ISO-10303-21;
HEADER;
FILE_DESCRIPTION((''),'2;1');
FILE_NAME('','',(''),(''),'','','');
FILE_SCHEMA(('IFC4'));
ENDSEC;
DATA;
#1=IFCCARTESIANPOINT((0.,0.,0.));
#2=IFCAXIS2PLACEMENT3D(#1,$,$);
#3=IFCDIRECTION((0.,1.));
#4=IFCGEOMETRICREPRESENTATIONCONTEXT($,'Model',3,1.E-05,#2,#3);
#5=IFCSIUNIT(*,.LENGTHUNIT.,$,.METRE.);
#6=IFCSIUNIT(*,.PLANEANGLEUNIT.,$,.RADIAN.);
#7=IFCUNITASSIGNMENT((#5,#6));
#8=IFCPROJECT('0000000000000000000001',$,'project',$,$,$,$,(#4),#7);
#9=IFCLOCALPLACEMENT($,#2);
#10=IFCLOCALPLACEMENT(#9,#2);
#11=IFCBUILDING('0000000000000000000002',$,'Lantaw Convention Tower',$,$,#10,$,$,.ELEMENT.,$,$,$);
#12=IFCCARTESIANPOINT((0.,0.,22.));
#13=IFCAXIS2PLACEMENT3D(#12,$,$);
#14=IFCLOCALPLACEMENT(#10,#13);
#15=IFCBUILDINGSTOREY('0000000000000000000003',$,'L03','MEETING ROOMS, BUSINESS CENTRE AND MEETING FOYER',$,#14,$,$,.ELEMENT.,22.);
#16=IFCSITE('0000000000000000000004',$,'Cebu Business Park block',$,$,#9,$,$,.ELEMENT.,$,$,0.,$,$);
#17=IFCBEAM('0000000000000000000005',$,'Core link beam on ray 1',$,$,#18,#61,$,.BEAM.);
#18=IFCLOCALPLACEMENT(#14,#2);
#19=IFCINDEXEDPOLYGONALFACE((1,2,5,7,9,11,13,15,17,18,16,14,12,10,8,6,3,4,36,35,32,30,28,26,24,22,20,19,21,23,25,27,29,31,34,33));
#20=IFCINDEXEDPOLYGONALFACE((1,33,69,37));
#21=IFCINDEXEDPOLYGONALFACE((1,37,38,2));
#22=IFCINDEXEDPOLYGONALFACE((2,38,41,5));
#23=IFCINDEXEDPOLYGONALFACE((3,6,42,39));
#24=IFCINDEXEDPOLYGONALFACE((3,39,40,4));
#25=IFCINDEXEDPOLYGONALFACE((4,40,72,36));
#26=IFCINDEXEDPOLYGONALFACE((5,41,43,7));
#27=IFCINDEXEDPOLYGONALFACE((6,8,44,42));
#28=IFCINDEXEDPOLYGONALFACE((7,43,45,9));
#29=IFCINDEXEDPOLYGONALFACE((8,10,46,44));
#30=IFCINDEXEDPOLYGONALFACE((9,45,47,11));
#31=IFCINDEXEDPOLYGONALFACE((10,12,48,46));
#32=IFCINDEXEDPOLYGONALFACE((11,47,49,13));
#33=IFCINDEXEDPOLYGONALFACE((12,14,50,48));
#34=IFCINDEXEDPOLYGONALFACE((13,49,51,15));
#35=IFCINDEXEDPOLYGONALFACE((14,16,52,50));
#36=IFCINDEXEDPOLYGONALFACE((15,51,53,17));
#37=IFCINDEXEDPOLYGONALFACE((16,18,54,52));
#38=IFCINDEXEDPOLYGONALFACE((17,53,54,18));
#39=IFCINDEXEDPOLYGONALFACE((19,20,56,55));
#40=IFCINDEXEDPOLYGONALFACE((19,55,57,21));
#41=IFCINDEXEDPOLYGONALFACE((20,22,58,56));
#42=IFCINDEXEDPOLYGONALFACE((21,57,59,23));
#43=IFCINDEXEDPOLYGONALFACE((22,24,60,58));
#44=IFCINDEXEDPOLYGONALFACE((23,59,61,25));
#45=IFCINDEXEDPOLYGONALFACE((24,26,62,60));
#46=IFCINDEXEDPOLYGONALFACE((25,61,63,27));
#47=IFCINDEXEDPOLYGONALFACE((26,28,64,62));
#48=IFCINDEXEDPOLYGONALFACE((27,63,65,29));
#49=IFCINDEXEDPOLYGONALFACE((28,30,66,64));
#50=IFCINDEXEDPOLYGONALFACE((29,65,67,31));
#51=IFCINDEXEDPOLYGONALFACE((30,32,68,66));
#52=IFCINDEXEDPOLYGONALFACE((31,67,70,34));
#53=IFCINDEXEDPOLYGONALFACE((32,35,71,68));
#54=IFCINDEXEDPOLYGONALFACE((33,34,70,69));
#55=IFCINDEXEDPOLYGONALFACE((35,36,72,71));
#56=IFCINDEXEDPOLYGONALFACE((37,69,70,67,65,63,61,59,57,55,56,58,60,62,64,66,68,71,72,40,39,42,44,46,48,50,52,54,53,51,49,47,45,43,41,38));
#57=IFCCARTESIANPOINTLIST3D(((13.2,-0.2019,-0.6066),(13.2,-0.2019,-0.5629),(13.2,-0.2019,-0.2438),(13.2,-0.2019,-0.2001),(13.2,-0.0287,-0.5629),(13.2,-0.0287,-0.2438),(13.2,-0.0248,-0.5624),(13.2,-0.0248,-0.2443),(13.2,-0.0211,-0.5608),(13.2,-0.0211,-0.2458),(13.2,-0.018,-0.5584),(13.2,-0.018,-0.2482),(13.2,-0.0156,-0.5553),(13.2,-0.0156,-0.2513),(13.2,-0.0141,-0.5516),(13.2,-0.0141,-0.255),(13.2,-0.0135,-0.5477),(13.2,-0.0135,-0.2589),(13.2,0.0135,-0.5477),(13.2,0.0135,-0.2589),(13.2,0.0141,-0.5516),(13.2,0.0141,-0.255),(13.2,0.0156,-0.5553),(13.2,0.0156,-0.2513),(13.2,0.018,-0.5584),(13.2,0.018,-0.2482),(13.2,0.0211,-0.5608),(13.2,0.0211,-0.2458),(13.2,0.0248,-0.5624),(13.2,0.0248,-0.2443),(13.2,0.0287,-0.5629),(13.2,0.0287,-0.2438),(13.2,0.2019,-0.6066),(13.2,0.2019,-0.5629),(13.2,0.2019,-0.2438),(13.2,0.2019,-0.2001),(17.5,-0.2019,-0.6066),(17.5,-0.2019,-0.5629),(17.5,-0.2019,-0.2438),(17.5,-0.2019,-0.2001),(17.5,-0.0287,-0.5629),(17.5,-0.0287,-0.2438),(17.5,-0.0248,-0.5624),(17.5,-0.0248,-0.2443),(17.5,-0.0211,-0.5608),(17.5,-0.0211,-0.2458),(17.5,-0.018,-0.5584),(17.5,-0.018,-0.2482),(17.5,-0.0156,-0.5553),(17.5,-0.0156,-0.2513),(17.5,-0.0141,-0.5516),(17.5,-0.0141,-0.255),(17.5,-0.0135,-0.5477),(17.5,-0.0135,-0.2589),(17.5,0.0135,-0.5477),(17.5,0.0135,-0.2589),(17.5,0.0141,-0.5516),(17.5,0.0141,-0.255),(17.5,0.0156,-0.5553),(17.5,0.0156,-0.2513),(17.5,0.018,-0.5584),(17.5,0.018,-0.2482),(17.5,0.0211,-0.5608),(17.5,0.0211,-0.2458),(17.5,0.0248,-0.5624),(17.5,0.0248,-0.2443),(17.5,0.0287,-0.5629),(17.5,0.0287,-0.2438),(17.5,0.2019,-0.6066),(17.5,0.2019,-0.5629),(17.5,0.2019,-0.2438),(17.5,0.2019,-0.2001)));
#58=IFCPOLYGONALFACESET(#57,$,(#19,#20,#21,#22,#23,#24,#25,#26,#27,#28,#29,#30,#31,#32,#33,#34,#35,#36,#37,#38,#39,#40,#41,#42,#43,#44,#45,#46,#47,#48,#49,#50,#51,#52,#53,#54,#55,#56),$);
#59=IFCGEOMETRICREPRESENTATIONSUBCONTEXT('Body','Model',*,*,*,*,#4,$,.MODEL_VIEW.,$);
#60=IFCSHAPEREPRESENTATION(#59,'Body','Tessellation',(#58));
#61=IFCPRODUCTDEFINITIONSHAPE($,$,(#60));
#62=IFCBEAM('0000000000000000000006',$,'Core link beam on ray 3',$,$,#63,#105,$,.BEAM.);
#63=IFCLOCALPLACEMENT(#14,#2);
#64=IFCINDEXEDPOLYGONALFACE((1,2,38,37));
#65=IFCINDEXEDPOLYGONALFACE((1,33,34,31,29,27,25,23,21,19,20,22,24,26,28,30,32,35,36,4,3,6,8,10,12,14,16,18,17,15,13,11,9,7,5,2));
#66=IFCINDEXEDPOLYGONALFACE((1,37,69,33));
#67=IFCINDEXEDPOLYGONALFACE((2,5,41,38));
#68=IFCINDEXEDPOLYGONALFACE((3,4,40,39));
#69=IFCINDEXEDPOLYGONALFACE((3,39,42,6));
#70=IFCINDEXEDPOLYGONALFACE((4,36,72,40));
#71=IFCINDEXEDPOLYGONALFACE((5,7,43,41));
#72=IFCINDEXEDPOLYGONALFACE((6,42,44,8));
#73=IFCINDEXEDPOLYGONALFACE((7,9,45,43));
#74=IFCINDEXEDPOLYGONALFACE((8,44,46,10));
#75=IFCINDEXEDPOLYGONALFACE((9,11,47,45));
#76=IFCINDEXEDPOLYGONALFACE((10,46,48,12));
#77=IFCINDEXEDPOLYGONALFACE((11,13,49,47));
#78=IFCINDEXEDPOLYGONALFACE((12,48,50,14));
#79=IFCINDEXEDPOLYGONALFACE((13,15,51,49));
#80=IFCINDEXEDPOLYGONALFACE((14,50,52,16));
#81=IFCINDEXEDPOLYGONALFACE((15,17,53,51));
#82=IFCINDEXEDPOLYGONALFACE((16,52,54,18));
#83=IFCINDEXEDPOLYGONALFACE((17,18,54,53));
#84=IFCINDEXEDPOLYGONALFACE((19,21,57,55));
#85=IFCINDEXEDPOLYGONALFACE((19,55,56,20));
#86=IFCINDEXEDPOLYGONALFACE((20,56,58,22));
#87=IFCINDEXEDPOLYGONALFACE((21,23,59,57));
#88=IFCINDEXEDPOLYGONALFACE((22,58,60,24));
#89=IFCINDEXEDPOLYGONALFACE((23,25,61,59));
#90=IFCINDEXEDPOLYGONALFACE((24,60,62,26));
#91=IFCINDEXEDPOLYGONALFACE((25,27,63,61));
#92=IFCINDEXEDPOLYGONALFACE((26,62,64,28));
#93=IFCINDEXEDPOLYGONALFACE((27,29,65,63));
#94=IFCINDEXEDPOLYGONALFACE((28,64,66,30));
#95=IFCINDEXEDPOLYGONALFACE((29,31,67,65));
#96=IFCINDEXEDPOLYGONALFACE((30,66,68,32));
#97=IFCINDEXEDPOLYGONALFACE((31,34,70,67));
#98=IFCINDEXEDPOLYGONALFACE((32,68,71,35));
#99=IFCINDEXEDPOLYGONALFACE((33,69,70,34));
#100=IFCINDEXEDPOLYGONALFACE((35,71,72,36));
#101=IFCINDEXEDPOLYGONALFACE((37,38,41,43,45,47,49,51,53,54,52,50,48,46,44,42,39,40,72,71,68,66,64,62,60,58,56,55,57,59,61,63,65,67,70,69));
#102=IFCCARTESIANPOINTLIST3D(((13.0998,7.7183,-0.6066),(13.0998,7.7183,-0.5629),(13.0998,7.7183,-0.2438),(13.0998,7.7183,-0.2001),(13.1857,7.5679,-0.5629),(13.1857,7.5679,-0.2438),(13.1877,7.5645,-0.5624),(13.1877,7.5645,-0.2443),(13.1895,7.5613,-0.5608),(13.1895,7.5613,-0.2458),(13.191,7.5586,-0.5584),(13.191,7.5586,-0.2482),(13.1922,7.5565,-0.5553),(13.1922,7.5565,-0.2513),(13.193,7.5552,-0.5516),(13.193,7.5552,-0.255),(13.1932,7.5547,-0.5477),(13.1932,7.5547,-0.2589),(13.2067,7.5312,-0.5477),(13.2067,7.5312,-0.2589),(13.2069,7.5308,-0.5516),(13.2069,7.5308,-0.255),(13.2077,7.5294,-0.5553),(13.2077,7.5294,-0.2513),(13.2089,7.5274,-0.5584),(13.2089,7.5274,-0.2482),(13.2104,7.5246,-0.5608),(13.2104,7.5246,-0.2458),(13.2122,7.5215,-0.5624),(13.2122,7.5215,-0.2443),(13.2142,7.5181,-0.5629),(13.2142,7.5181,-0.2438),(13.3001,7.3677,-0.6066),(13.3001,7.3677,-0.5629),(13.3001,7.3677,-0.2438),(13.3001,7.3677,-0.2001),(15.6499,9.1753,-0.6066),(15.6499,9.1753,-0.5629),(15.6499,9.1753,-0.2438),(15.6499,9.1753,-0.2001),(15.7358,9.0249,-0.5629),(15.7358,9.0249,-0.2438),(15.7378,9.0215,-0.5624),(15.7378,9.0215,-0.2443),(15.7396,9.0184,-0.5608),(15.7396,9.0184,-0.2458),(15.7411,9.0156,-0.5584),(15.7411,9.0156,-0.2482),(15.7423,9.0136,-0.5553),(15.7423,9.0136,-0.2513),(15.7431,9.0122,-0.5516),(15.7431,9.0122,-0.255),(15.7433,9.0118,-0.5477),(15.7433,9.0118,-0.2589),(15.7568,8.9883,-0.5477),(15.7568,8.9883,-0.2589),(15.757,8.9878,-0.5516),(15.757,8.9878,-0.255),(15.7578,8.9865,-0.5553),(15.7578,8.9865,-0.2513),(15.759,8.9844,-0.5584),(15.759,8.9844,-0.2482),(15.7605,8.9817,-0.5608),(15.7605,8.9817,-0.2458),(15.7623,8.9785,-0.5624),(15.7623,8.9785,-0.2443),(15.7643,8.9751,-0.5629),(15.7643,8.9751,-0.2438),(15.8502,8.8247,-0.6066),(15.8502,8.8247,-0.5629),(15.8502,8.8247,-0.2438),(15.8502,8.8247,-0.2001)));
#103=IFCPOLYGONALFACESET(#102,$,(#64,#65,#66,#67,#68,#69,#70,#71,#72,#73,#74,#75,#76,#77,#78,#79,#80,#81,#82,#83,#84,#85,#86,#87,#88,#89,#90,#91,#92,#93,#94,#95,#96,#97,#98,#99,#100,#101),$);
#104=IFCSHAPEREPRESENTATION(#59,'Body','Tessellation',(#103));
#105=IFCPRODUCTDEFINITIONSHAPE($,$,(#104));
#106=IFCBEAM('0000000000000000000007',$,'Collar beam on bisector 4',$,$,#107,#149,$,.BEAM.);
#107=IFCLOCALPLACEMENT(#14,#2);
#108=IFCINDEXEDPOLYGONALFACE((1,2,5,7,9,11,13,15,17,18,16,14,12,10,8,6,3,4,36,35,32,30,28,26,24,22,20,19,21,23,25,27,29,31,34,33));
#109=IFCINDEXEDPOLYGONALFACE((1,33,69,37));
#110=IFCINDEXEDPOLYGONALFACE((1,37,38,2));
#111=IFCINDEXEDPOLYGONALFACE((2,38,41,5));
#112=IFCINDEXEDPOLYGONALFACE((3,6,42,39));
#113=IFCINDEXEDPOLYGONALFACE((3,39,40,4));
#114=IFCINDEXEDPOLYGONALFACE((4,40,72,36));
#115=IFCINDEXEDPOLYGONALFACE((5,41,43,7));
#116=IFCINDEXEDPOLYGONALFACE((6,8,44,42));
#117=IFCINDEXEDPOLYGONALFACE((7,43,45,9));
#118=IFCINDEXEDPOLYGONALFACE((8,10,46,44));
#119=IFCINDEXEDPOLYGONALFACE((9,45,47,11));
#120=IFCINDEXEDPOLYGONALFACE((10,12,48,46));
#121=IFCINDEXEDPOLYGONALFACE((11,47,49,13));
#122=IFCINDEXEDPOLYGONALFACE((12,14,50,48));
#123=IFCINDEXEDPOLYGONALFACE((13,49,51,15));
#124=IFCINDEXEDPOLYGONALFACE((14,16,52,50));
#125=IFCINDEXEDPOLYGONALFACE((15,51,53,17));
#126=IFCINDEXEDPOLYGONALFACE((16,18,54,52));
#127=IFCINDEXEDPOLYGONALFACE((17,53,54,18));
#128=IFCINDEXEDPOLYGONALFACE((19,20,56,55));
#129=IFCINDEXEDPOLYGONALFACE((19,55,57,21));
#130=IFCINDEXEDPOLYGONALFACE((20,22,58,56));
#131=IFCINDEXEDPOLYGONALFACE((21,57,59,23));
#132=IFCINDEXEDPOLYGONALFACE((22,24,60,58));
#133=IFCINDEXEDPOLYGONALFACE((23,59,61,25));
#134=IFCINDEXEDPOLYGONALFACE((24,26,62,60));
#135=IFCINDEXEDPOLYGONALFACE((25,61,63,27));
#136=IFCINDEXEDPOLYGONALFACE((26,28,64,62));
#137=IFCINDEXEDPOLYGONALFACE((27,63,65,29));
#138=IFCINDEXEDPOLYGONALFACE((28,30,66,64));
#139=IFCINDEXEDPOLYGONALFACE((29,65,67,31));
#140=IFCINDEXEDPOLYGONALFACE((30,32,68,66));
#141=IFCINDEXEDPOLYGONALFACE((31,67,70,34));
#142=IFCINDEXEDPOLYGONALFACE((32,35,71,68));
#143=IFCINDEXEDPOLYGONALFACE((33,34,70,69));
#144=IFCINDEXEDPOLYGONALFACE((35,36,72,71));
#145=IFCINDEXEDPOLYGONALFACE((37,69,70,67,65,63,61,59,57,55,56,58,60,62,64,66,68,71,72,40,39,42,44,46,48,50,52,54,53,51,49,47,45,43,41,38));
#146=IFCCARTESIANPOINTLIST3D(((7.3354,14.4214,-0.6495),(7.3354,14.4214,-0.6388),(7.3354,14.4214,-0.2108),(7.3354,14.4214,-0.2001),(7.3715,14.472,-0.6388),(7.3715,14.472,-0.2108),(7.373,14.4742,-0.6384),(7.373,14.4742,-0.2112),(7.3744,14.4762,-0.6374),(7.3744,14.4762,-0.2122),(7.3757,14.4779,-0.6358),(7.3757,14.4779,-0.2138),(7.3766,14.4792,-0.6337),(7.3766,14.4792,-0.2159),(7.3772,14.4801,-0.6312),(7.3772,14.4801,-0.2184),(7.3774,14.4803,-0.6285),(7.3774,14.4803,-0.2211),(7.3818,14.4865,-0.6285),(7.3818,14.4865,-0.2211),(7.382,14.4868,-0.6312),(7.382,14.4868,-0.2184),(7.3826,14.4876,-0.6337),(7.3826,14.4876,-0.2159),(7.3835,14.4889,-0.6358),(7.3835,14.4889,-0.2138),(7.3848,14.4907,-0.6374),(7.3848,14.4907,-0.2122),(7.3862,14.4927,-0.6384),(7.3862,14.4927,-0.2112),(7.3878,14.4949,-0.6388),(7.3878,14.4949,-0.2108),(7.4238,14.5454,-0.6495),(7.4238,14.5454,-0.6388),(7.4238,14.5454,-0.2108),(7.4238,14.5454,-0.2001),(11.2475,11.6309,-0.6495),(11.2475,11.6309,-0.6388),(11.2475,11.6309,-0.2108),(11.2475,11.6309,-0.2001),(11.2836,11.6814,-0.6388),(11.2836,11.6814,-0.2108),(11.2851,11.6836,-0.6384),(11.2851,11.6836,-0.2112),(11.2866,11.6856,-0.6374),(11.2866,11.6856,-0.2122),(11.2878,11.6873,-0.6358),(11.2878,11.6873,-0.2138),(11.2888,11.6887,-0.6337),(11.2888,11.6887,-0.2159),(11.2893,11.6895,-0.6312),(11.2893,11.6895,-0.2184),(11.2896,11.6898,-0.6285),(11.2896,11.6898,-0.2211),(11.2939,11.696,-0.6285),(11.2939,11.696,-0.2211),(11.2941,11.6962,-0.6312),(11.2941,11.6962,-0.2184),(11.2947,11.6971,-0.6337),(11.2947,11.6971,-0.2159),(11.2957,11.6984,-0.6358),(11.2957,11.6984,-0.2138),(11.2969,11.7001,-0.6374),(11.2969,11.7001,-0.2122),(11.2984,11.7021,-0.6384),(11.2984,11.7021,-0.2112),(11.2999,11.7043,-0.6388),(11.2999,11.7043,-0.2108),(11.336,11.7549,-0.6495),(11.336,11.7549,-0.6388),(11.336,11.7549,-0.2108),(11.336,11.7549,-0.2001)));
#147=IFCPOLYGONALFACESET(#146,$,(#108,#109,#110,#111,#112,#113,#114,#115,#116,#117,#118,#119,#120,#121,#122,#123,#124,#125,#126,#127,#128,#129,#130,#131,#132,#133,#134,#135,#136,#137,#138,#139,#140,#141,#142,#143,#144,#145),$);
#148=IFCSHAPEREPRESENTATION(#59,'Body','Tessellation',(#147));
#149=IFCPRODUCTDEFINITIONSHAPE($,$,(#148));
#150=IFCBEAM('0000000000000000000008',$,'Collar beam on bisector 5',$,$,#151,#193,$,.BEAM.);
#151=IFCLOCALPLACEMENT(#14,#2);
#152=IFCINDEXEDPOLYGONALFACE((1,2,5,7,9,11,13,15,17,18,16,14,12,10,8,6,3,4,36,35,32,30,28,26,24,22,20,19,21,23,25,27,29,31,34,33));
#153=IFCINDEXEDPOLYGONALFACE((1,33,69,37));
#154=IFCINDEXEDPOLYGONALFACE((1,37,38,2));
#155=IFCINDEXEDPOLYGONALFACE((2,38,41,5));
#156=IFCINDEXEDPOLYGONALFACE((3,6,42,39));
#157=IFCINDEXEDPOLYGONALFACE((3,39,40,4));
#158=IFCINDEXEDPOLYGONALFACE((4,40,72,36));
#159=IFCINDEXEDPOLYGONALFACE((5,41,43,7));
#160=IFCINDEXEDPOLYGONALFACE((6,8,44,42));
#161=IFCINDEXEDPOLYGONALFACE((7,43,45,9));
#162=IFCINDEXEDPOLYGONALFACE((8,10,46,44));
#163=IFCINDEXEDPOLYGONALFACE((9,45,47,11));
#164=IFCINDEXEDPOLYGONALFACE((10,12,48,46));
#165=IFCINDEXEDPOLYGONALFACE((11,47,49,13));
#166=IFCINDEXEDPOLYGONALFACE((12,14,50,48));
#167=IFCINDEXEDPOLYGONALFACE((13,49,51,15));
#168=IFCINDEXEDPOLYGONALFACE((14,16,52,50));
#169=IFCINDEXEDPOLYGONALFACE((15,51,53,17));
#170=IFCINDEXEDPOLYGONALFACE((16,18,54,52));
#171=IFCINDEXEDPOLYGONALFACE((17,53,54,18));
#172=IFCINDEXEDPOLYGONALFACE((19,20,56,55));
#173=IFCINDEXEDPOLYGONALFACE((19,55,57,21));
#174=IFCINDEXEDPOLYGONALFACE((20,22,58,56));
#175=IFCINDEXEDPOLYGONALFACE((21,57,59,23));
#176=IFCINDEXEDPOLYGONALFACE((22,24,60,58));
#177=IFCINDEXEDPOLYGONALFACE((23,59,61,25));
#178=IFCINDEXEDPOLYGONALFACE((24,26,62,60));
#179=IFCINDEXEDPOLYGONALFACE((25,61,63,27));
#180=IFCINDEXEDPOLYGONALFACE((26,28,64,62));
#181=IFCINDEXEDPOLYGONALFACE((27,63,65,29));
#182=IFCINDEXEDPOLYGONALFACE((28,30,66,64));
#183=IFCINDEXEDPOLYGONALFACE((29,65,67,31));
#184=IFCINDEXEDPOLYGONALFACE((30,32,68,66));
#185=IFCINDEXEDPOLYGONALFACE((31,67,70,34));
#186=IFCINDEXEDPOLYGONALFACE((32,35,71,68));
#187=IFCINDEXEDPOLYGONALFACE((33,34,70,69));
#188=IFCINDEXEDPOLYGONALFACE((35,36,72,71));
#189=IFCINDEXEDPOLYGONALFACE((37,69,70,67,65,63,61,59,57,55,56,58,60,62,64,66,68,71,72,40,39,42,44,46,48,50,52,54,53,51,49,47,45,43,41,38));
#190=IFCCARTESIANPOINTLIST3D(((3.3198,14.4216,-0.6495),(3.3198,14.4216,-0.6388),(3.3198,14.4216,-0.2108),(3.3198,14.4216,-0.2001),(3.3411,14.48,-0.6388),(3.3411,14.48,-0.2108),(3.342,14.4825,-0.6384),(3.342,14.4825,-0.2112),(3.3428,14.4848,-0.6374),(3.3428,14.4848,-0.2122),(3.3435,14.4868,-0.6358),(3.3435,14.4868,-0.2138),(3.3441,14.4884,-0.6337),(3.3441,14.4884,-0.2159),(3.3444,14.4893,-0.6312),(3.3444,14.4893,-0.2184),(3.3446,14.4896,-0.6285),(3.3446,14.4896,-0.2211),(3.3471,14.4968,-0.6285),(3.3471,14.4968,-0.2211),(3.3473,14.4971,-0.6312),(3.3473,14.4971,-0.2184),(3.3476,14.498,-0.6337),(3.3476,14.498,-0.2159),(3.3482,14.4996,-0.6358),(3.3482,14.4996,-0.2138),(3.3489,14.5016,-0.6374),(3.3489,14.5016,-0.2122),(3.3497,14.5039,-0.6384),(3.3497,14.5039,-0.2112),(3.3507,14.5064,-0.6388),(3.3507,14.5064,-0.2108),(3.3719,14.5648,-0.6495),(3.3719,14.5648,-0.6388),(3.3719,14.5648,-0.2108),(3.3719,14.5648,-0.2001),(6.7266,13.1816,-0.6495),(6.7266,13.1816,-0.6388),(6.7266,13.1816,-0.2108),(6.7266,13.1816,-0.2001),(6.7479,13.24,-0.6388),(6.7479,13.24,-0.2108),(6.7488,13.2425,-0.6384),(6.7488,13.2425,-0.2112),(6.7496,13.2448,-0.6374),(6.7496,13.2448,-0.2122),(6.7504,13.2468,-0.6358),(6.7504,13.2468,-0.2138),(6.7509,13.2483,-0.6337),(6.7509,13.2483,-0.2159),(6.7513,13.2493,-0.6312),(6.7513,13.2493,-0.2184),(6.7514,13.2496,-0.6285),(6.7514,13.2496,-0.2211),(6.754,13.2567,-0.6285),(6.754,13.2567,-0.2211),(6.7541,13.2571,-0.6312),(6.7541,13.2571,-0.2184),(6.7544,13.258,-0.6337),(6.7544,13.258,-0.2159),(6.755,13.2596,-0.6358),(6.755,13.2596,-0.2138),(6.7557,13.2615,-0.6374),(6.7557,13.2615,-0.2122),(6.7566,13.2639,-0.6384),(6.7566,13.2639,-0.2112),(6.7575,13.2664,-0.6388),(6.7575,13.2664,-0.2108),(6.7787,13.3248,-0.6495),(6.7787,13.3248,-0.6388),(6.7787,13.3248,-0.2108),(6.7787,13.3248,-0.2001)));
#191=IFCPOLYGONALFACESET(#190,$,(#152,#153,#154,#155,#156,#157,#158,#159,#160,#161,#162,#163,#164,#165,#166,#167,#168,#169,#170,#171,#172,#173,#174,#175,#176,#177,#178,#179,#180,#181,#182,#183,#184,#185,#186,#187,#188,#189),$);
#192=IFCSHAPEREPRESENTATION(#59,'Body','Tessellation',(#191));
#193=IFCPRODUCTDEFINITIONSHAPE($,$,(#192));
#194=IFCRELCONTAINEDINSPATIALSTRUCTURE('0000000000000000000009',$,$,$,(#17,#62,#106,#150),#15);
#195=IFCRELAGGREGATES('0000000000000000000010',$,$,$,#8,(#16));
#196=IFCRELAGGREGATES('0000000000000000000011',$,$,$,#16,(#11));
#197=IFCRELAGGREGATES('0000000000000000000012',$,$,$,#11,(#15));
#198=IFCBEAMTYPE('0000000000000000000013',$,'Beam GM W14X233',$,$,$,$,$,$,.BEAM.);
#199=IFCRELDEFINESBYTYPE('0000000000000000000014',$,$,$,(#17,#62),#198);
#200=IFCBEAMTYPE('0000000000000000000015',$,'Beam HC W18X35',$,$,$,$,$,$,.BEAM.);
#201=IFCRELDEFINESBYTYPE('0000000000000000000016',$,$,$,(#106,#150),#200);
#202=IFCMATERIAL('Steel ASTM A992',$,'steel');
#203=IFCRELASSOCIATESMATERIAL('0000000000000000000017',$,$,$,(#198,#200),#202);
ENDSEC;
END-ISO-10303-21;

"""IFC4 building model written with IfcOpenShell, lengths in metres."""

from ifc_helpers import new_model, si_unit, direction, frame, origin, origin_2d, place, context, subcontext, project, spatial, i_section, extrude, material, material_profile, profile_set, type_object, element, save


model = new_model("IFC4")

# Units and contexts
model_context = context("Model", 3, precision=1e-05, world=origin(), true_north=direction((0.0, 1.0)))
body_context = subcontext(model_context, "Body", "Model", "MODEL_VIEW")
ifc_project = project(units=[si_unit("LENGTHUNIT", "METRE"), si_unit("PLANEANGLEUNIT", "RADIAN")], contexts=[model_context])

# Site, building, storey
site_placement = place(None, origin())
site = spatial("IfcSite", under=ifc_project, at=site_placement, Name="Cebu Business Park block", CompositionType="ELEMENT", RefElevation=0.0)
building_placement = place(site_placement, origin())
building = spatial("IfcBuilding", under=site, at=building_placement, Name="Lantaw Convention Tower", CompositionType="ELEMENT")
storey_placement = place(building_placement, frame((0.0, 0.0, 22.0)))
storey = spatial("IfcBuildingStorey", under=building, at=storey_placement, Name="L03", Description="MEETING ROOMS, BUSINESS CENTRE AND MEETING FOYER", CompositionType="ELEMENT", Elevation=22.0)

# Beams
ifc_material_1 = material(Name="Steel ASTM A992", Category="steel")
ifc_material_profile_1 = material_profile(ifc_material_1, i_section(OverallWidth=0.4038, OverallDepth=0.4065, WebThickness=0.0271, FlangeThickness=0.0437, FilletRadius=0.0151, at=origin_2d()), Name="W14X233")
ifc_profile_set_1 = profile_set([ifc_material_profile_1], Name="Steel ASTM A992")
beam_type_1 = type_object("IfcBeamType", Name="Beam GM W14X233", PredefinedType="BEAM", material=ifc_profile_set_1)
beam_1_placement = place(storey_placement, frame((13.2, 0.0, -0.4033), z_axis=(1.0, 0.0, 0.0), x_axis=(0.0, 1.0, 0.0)))
element("IfcBeam", 1, at=beam_1_placement, inside=storey, type_object=beam_type_1, Name="Core link beam on ray 1", PredefinedType="BEAM", context=body_context, shape_type="SweptSolid", body=[
    extrude(i_section(OverallWidth=0.4038, OverallDepth=0.4065, WebThickness=0.0271, FlangeThickness=0.0437, FilletRadius=0.0151, at=origin_2d()), origin(), (0.0, 0.0, 1.0), 4.3),
])
beam_2_placement = place(storey_placement, frame((13.2, 7.543, -0.4033), z_axis=(0.868264, 0.496103, 0.0), x_axis=(-0.496103, 0.868264, 0.0)))
element("IfcBeam", 2, at=beam_2_placement, inside=storey, type_object=beam_type_1, Name="Core link beam on ray 3", PredefinedType="BEAM", context=body_context, shape_type="SweptSolid", body=[
    extrude(i_section(OverallWidth=0.4038, OverallDepth=0.4065, WebThickness=0.0271, FlangeThickness=0.0437, FilletRadius=0.0151, at=origin_2d()), origin(), (0.0, 0.0, 1.0), 2.937),
])
ifc_material_profile_2 = material_profile(ifc_material_1, i_section(OverallWidth=0.1523, OverallDepth=0.4495, WebThickness=0.0076, FlangeThickness=0.0107, FilletRadius=0.0103, at=origin_2d()), Name="W18X35")
ifc_profile_set_2 = profile_set([ifc_material_profile_2], Name="Steel ASTM A992")
beam_type_2 = type_object("IfcBeamType", Name="Beam HC W18X35", PredefinedType="BEAM", material=ifc_profile_set_2)
beam_3_placement = place(storey_placement, frame((11.2917, 11.6929, -0.4248), z_axis=(-0.814111, 0.580709, 0.0), x_axis=(-0.580709, -0.814111, 0.0)))
element("IfcBeam", 3, at=beam_3_placement, inside=storey, type_object=beam_type_2, Name="Collar beam on bisector 4", PredefinedType="BEAM", context=body_context, shape_type="SweptSolid", body=[
    extrude(i_section(OverallWidth=0.1523, OverallDepth=0.4495, WebThickness=0.0076, FlangeThickness=0.0107, FilletRadius=0.0103, at=origin_2d()), origin(), (0.0, 0.0, 1.0), 4.8054),
])
beam_4_placement = place(storey_placement, frame((6.7527, 13.2532, -0.4248), z_axis=(-0.939689, 0.34203, 0.0), x_axis=(-0.34203, -0.939689, 0.0)))
element("IfcBeam", 4, at=beam_4_placement, inside=storey, type_object=beam_type_2, Name="Collar beam on bisector 5", PredefinedType="BEAM", context=body_context, shape_type="SweptSolid", body=[
    extrude(i_section(OverallWidth=0.1523, OverallDepth=0.4495, WebThickness=0.0076, FlangeThickness=0.0107, FilletRadius=0.0103, at=origin_2d()), origin(), (0.0, 0.0, 1.0), 3.6255),
])

save(model, "model.ifc")
